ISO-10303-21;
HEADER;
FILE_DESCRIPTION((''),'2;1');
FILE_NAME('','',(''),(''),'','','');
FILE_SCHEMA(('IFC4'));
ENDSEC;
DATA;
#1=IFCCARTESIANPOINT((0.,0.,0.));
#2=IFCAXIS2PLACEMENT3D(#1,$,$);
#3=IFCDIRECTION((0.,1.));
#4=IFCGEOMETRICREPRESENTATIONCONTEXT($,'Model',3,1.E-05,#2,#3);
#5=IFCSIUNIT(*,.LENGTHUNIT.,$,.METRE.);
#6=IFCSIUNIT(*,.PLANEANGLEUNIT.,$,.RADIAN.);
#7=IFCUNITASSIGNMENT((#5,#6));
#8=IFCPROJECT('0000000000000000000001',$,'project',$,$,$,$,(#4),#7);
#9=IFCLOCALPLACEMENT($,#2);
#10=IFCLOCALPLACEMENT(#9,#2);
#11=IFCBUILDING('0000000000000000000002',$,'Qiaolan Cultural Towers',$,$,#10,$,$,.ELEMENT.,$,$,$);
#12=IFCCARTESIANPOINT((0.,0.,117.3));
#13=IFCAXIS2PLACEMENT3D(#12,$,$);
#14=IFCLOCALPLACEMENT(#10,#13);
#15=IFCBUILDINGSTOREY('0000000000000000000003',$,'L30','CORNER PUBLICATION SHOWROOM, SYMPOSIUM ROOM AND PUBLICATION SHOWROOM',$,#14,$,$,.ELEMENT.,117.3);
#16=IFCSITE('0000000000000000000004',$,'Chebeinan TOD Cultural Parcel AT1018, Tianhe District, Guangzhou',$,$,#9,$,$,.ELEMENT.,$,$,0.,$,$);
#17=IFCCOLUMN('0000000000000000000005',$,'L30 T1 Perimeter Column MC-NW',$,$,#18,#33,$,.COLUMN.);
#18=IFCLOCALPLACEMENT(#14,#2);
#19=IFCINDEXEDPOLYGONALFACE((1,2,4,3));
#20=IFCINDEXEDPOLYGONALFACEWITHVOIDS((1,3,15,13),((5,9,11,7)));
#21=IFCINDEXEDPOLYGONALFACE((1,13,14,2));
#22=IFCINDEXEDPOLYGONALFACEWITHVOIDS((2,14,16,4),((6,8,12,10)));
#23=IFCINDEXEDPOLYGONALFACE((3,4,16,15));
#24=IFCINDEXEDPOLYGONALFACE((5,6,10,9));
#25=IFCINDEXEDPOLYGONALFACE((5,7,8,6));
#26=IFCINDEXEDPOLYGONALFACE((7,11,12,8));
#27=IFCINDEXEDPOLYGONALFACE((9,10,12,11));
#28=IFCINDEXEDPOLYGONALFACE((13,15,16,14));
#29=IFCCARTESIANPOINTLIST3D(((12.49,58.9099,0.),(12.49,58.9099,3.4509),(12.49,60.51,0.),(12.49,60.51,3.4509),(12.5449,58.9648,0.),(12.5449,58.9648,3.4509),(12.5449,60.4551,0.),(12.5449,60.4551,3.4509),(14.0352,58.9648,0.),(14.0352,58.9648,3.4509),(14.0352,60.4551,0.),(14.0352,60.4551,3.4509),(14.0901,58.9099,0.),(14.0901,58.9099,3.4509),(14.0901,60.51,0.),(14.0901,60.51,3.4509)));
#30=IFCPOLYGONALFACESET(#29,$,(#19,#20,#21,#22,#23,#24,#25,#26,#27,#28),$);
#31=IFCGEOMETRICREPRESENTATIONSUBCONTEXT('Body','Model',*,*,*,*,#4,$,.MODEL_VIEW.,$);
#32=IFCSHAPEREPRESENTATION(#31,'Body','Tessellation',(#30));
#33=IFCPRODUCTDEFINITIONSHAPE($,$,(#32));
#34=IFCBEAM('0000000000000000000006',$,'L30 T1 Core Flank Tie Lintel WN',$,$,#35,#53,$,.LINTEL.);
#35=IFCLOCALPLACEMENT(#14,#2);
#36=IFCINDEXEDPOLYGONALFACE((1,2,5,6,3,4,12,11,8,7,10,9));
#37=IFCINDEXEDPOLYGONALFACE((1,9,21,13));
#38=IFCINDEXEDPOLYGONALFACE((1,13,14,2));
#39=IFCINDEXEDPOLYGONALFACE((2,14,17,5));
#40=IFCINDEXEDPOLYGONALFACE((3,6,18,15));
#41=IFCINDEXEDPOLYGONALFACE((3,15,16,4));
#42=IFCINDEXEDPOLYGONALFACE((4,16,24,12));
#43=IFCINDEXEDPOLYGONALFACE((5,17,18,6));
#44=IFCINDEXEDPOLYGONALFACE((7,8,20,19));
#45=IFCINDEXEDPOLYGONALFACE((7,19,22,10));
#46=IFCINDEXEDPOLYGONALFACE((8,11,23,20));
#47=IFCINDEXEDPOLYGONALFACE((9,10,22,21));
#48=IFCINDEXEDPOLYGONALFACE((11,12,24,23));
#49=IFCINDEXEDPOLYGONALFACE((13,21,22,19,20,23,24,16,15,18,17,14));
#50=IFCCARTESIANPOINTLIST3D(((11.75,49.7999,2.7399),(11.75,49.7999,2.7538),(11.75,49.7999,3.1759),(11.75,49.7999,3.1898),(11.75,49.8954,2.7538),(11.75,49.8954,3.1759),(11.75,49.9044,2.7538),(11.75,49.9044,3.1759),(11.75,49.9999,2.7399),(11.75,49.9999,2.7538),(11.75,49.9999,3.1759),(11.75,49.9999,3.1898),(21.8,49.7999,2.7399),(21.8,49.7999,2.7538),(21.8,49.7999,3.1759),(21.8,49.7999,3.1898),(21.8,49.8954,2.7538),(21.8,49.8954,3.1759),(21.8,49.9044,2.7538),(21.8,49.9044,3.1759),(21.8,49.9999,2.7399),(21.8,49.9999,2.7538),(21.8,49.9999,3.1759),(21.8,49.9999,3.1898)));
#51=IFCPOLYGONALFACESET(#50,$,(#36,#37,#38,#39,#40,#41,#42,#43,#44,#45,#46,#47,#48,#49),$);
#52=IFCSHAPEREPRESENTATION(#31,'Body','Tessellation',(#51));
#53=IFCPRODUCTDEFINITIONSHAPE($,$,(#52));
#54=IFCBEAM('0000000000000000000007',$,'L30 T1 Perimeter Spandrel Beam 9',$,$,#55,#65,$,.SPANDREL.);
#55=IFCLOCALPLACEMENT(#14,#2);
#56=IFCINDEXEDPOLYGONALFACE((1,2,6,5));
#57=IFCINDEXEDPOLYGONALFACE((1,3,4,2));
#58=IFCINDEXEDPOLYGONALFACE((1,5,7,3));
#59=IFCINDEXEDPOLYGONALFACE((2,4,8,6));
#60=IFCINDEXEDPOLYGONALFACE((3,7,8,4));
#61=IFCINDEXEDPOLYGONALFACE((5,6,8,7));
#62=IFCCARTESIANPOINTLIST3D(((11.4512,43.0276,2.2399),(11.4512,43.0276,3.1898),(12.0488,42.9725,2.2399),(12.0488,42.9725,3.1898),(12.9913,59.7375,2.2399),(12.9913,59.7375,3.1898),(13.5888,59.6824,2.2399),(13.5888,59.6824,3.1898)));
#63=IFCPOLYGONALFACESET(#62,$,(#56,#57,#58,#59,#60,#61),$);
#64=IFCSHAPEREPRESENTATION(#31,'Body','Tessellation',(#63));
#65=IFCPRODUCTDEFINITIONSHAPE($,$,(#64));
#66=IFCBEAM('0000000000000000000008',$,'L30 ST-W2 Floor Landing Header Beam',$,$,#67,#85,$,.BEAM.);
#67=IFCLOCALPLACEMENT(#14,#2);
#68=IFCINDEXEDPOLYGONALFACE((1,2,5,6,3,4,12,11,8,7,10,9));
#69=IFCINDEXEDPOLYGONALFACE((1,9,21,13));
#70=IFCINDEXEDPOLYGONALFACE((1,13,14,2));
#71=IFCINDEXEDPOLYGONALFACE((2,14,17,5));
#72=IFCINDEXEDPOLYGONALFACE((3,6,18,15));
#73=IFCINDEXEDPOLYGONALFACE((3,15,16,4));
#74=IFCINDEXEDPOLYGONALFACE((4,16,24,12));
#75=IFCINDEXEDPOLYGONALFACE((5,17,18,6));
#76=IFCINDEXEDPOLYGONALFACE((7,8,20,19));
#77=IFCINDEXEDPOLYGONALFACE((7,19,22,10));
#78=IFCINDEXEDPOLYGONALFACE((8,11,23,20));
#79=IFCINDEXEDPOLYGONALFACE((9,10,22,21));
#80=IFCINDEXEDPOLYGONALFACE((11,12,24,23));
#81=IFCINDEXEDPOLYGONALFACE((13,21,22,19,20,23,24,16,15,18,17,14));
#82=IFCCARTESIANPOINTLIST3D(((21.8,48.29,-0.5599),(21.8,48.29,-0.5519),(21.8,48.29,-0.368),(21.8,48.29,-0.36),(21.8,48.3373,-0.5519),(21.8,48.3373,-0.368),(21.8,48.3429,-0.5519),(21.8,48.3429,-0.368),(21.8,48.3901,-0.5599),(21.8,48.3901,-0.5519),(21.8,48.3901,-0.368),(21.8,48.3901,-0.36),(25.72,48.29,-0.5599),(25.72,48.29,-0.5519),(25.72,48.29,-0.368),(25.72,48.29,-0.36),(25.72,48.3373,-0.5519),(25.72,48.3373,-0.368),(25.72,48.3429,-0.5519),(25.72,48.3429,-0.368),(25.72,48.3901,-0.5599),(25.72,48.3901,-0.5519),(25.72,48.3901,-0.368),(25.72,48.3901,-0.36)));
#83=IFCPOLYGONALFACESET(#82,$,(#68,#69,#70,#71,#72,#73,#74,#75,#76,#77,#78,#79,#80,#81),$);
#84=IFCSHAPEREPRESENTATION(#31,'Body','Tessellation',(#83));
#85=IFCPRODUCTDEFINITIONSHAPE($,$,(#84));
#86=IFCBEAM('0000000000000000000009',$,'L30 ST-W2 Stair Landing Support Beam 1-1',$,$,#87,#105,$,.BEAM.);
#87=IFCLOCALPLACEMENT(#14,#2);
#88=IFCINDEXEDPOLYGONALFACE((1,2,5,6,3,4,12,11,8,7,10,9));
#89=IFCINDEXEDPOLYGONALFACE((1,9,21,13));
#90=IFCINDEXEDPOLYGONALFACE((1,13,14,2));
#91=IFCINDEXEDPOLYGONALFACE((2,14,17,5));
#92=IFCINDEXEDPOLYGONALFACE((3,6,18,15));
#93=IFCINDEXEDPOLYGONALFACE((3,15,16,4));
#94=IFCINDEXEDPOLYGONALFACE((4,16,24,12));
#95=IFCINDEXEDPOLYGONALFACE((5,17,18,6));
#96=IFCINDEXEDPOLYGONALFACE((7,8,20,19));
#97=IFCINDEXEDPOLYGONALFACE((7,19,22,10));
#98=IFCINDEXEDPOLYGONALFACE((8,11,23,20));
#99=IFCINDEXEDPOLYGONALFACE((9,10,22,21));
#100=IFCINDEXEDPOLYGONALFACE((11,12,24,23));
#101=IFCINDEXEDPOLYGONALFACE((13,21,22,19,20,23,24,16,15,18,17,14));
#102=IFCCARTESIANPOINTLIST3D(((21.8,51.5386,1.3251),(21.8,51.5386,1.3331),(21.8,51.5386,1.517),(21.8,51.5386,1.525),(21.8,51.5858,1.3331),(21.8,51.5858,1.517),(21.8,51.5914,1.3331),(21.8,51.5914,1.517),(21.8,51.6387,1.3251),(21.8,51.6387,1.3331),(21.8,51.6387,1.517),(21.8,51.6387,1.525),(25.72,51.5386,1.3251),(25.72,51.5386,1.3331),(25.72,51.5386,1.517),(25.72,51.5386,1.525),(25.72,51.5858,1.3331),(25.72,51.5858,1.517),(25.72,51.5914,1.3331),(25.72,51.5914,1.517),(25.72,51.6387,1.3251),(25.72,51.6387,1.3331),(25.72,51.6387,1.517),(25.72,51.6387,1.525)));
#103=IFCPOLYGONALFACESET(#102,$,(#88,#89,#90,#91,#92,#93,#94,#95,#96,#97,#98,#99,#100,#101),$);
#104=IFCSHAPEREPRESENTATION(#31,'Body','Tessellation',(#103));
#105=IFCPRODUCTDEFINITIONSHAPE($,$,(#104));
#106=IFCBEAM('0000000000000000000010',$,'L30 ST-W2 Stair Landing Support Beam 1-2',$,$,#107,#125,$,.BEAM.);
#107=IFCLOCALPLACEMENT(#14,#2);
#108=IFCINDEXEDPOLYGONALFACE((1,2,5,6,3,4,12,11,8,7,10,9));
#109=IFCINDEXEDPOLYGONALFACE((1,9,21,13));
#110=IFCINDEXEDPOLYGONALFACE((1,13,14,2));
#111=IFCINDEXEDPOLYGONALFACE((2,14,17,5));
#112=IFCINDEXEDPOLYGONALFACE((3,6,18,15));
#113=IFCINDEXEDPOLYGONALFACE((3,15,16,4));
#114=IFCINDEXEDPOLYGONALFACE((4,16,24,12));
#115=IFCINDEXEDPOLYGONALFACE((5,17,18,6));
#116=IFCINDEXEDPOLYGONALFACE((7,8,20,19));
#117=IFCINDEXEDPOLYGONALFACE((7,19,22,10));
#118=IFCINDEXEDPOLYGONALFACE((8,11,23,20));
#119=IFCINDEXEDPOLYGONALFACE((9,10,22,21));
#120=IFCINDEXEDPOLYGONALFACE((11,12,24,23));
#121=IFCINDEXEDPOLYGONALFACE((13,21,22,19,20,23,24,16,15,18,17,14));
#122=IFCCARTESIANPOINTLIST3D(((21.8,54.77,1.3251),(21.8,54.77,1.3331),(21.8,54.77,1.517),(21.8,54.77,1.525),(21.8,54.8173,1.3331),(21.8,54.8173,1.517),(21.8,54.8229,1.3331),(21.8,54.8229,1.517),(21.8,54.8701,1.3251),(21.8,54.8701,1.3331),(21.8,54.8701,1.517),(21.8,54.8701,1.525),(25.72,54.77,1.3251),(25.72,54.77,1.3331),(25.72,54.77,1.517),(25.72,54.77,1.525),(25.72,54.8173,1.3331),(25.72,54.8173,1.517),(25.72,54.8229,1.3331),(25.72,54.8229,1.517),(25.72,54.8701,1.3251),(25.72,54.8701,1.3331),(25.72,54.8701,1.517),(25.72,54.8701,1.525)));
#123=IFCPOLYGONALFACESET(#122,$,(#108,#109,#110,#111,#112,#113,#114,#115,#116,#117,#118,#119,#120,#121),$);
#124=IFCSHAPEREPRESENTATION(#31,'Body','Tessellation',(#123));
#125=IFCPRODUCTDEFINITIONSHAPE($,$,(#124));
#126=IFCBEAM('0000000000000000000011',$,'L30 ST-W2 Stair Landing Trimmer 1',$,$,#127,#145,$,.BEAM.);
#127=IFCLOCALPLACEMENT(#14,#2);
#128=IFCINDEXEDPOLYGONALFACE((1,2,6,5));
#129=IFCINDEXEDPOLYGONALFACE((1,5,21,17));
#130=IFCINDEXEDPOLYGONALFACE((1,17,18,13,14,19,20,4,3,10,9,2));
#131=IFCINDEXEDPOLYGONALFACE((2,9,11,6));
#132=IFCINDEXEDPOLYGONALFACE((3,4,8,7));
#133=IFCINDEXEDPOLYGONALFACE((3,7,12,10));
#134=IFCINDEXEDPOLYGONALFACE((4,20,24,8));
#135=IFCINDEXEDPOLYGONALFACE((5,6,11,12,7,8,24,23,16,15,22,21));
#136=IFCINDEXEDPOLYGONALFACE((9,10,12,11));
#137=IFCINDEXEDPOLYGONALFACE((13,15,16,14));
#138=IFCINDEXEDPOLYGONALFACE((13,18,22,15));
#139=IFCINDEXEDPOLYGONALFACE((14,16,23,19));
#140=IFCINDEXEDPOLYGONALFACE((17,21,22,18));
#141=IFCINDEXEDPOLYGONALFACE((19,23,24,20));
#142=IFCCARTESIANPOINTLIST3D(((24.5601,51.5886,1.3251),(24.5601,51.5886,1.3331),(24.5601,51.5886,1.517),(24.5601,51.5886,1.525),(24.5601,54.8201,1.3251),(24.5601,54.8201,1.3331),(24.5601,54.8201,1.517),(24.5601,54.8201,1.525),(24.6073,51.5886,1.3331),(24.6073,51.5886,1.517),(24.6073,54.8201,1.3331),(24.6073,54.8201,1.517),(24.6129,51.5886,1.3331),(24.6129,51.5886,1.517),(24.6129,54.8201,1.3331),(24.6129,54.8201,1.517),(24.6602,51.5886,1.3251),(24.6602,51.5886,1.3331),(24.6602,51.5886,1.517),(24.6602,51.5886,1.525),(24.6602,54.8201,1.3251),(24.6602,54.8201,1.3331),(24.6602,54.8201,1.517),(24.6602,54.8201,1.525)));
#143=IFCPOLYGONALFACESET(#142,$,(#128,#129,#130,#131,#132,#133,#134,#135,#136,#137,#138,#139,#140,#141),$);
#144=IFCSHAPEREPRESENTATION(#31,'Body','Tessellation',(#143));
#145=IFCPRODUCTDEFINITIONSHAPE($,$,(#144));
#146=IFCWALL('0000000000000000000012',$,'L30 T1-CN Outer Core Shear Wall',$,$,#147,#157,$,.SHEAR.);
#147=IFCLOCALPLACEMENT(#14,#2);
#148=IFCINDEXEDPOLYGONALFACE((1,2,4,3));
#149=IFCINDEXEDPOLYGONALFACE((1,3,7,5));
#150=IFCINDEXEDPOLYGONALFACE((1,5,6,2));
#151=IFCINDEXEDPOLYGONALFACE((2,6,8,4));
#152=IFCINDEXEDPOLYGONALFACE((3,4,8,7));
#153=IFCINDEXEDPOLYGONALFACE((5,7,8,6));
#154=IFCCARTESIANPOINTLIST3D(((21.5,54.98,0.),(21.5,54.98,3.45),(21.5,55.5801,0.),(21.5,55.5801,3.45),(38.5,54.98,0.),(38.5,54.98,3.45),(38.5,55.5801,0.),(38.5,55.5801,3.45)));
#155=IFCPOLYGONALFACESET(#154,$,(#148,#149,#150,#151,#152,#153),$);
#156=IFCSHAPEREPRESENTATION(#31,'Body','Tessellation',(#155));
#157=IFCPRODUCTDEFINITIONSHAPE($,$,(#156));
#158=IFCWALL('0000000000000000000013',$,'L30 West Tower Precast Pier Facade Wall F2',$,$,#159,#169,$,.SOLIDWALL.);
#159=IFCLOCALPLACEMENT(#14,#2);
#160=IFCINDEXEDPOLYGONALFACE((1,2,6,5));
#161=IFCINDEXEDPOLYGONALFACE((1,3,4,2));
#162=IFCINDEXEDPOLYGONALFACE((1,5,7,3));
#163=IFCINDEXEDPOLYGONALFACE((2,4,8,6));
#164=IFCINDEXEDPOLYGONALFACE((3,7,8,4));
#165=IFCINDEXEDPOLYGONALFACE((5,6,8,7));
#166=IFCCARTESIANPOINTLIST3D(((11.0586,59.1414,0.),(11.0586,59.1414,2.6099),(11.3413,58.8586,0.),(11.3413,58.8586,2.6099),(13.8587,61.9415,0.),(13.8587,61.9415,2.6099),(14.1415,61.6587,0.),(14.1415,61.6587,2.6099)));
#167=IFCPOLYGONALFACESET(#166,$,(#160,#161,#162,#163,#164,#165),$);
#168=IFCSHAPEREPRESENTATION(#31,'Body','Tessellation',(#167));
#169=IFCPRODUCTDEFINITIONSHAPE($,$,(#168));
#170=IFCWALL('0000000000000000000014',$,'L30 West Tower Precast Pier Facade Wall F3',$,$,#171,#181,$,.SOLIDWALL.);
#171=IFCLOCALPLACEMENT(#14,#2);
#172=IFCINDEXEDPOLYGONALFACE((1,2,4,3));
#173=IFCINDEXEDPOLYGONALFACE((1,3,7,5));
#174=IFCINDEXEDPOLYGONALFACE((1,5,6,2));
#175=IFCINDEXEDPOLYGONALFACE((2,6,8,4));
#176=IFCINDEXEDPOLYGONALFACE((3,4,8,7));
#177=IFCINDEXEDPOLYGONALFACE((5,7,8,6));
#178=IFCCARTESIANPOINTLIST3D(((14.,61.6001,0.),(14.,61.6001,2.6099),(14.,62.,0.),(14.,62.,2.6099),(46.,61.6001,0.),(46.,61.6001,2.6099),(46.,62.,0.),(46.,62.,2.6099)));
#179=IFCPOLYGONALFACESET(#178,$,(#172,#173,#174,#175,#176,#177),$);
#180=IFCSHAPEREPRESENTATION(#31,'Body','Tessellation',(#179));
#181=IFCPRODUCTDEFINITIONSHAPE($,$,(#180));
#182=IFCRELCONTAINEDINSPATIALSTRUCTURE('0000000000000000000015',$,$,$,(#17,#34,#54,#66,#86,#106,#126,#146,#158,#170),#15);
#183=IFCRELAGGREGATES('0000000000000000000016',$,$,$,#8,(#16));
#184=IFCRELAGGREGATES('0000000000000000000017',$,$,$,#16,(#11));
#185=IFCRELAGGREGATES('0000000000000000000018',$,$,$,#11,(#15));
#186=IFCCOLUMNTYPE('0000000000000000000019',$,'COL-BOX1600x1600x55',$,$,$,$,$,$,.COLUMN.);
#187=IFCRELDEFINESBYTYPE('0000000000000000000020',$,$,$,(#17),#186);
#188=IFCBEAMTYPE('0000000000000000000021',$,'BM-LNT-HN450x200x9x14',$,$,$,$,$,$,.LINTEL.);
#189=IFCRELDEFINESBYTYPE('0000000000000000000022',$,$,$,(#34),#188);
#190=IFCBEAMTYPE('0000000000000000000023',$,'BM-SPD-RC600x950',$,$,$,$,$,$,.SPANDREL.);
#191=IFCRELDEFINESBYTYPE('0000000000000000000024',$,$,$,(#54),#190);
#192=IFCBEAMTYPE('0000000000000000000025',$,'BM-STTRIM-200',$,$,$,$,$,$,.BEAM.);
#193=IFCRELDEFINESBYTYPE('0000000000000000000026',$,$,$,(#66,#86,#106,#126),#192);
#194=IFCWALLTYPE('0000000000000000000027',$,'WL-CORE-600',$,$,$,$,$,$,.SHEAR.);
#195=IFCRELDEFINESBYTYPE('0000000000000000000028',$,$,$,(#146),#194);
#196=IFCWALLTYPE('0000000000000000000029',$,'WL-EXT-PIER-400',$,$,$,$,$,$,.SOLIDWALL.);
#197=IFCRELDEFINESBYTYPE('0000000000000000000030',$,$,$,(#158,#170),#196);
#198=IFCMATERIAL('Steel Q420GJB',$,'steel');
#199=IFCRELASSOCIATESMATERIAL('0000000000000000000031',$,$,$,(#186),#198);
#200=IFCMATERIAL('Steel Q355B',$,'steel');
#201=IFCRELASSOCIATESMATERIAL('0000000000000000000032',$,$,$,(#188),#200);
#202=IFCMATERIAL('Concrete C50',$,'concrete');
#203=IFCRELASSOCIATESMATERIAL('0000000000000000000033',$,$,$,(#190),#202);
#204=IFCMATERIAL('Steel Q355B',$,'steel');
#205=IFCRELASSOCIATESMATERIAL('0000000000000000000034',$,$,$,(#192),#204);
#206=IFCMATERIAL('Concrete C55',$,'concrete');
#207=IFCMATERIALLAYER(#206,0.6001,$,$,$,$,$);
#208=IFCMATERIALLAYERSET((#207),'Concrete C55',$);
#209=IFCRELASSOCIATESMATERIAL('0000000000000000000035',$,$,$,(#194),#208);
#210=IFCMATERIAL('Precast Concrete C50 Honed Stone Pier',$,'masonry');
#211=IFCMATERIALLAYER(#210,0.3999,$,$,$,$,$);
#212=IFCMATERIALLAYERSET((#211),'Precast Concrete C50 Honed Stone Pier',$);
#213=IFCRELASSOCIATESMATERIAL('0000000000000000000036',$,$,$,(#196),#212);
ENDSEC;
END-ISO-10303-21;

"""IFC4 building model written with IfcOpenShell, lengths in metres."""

from ifc_helpers import new_model, si_unit, direction, frame, frame_2d, origin, origin_2d, place, context, subcontext, project, spatial, rectangle, hollow_rectangle, i_section, extrude, material, layer, layer_set, material_profile, profile_set, type_object, element, save


model = new_model("IFC4")

# Units and contexts
model_context = context("Model", 3, precision=1e-05, world=origin(), true_north=direction((0.0, 1.0)))
body_context = subcontext(model_context, "Body", "Model", "MODEL_VIEW")
ifc_project = project(units=[si_unit("LENGTHUNIT", "METRE"), si_unit("PLANEANGLEUNIT", "RADIAN")], contexts=[model_context])

# Site, building, storey
site_placement = place(None, origin())
site = spatial("IfcSite", under=ifc_project, at=site_placement, Name="Chebeinan TOD Cultural Parcel AT1018, Tianhe District, Guangzhou", CompositionType="ELEMENT", RefElevation=0.0)
building_placement = place(site_placement, origin())
building = spatial("IfcBuilding", under=site, at=building_placement, Name="Qiaolan Cultural Towers", CompositionType="ELEMENT")
storey_placement = place(building_placement, frame((0.0, 0.0, 117.3)))
storey = spatial("IfcBuildingStorey", under=building, at=storey_placement, Name="L30", Description="CORNER PUBLICATION SHOWROOM, SYMPOSIUM ROOM AND PUBLICATION SHOWROOM", CompositionType="ELEMENT", Elevation=117.3)

# Column
ifc_material_1 = material(Name="Steel Q420GJB", Category="steel")
ifc_material_profile_1 = material_profile(ifc_material_1, hollow_rectangle(XDim=1.6001, YDim=1.6001, WallThickness=0.0549, at=origin_2d()), Name="BOX1600x1600x55")
ifc_profile_set_1 = profile_set([ifc_material_profile_1], Name="Steel Q420GJB")
column_type = type_object("IfcColumnType", Name="COL-BOX1600x1600x55", PredefinedType="COLUMN", material=ifc_profile_set_1)
column_placement = place(storey_placement, frame((13.29, 59.71, 0.0), z_axis=(0.0, 0.0, 1.0), x_axis=(1.0, 0.0, 0.0)))
element("IfcColumn", 1, at=column_placement, inside=storey, type_object=column_type, Name="L30 T1 Perimeter Column MC-NW", PredefinedType="COLUMN", context=body_context, shape_type="SweptSolid", body=[
    extrude(hollow_rectangle(XDim=1.6001, YDim=1.6001, WallThickness=0.0549, at=origin_2d()), origin(), (0.0, 0.0, 1.0), 3.4509),
])

# Beams
ifc_material_2 = material(Name="Steel Q355B", Category="steel")
ifc_material_profile_2 = material_profile(ifc_material_2, i_section(OverallWidth=0.2, OverallDepth=0.45, WebThickness=0.009, FlangeThickness=0.0139, at=origin_2d()), Name="HN450x200x9x14")
ifc_profile_set_2 = profile_set([ifc_material_profile_2], Name="Steel Q355B")
beam_type_1 = type_object("IfcBeamType", Name="BM-LNT-HN450x200x9x14", PredefinedType="LINTEL", material=ifc_profile_set_2)
beam_1_placement = place(storey_placement, frame((21.8, 49.8999, 2.9648), z_axis=(-1.0, 0.0, 0.0), x_axis=(0.0, -1.0, 0.0)))
element("IfcBeam", 2, at=beam_1_placement, inside=storey, type_object=beam_type_1, Name="L30 T1 Core Flank Tie Lintel WN", PredefinedType="LINTEL", context=body_context, shape_type="SweptSolid", body=[
    extrude(i_section(OverallWidth=0.2, OverallDepth=0.45, WebThickness=0.009, FlangeThickness=0.0139, at=origin_2d()), origin(), (0.0, 0.0, 1.0), 10.05),
])
ifc_material_3 = material(Name="Concrete C50", Category="concrete")
ifc_material_profile_3 = material_profile(ifc_material_3, rectangle(XDim=0.6001, YDim=0.95, at=origin_2d()), Name="RC600x950")
ifc_profile_set_3 = profile_set([ifc_material_profile_3], Name="Concrete C50")
beam_type_2 = type_object("IfcBeamType", Name="BM-SPD-RC600x950", PredefinedType="SPANDREL", material=ifc_profile_set_3)
beam_2_placement = place(storey_placement, frame((13.29, 59.71, 2.7148), z_axis=(-0.091774, -0.99578, 0.0), x_axis=(0.99578, -0.091774, 0.0)))
element("IfcBeam", 3, at=beam_2_placement, inside=storey, type_object=beam_type_2, Name="L30 T1 Perimeter Spandrel Beam 9", PredefinedType="SPANDREL", context=body_context, shape_type="SweptSolid", body=[
    extrude(rectangle(XDim=0.6001, YDim=0.95, at=origin_2d()), origin(), (0.0, 0.0, 1.0), 16.7808),
])
ifc_material_4 = material(Name="Steel Q355B", Category="steel")
ifc_material_profile_4 = material_profile(ifc_material_4, i_section(OverallWidth=0.1001, OverallDepth=0.2, WebThickness=0.0056, FlangeThickness=0.0081, at=origin_2d()), Name="HN200x100x5.5x8")
ifc_profile_set_4 = profile_set([ifc_material_profile_4], Name="Steel Q355B")
beam_type_3 = type_object("IfcBeamType", Name="BM-STTRIM-200", PredefinedType="BEAM", material=ifc_profile_set_4)
for number, where, z_axis, x_axis, name in (
    (4, (21.8, 48.3401, -0.46), (1.0, 0.0, 0.0), (0.0, 1.0, 0.0), "L30 ST-W2 Floor Landing Header Beam"),
    (5, (21.8, 51.5886, 1.425), (1.0, 0.0, 0.0), (0.0, 1.0, 0.0), "L30 ST-W2 Stair Landing Support Beam 1-1"),
    (6, (21.8, 54.8201, 1.425), (1.0, 0.0, 0.0), (0.0, 1.0, 0.0), "L30 ST-W2 Stair Landing Support Beam 1-2"),
):
    element("IfcBeam", number, at=place(storey_placement, frame(where, z_axis=z_axis, x_axis=x_axis)), inside=storey, type_object=beam_type_3, Name=name, PredefinedType="BEAM", context=body_context, shape_type="SweptSolid", body=[
        extrude(i_section(OverallWidth=0.1001, OverallDepth=0.2, WebThickness=0.0056, FlangeThickness=0.0081, at=origin_2d()), origin(), (0.0, 0.0, 1.0), 3.9199),
    ])
beam_3_placement = place(storey_placement, frame((24.6101, 51.5886, 1.425), z_axis=(0.0, 1.0, 0.0), x_axis=(-1.0, 0.0, 0.0)))
element("IfcBeam", 7, at=beam_3_placement, inside=storey, type_object=beam_type_3, Name="L30 ST-W2 Stair Landing Trimmer 1", PredefinedType="BEAM", context=body_context, shape_type="SweptSolid", body=[
    extrude(i_section(OverallWidth=0.1001, OverallDepth=0.2, WebThickness=0.0056, FlangeThickness=0.0081, at=origin_2d()), origin(), (0.0, 0.0, 1.0), 3.2314),
])

# Walls
ifc_material_5 = material(Name="Concrete C55", Category="concrete")
ifc_layer_1 = layer(ifc_material_5, 0.6001)
ifc_layer_set_1 = layer_set([ifc_layer_1], Name="Concrete C55")
wall_type_1 = type_object("IfcWallType", Name="WL-CORE-600", PredefinedType="SHEAR", material=ifc_layer_set_1)
wall_1_placement = place(storey_placement, frame((21.5, 55.28, 0.0), z_axis=(0.0, 0.0, 1.0), x_axis=(1.0, 0.0, 0.0)))
element("IfcWall", 8, at=wall_1_placement, inside=storey, type_object=wall_type_1, Name="L30 T1-CN Outer Core Shear Wall", PredefinedType="SHEAR", context=body_context, shape_type="SweptSolid", body=[
    extrude(rectangle(XDim=17.0, YDim=0.6001, at=frame_2d((8.5, 0.0))), origin(), (0.0, 0.0, 1.0), 3.45),
])
ifc_material_6 = material(Name="Precast Concrete C50 Honed Stone Pier", Category="masonry")
ifc_layer_2 = layer(ifc_material_6, 0.3999)
ifc_layer_set_2 = layer_set([ifc_layer_2], Name="Precast Concrete C50 Honed Stone Pier")
wall_type_2 = type_object("IfcWallType", Name="WL-EXT-PIER-400", PredefinedType="SOLIDWALL", material=ifc_layer_set_2)
wall_2_placement = place(storey_placement, frame((11.2, 59.0, 0.0), z_axis=(0.0, 0.0, 1.0), x_axis=(0.707107, 0.707107, 0.0)))
element("IfcWall", 9, at=wall_2_placement, inside=storey, type_object=wall_type_2, Name="L30 West Tower Precast Pier Facade Wall F2", PredefinedType="SOLIDWALL", context=body_context, shape_type="SweptSolid", body=[
    extrude(rectangle(XDim=3.96, YDim=0.3999, at=frame_2d((1.98, 0.0))), origin(), (0.0, 0.0, 1.0), 2.6099),
])
wall_3_placement = place(storey_placement, frame((14.0, 61.8, 0.0), z_axis=(0.0, 0.0, 1.0), x_axis=(1.0, 0.0, 0.0)))
element("IfcWall", 10, at=wall_3_placement, inside=storey, type_object=wall_type_2, Name="L30 West Tower Precast Pier Facade Wall F3", PredefinedType="SOLIDWALL", context=body_context, shape_type="SweptSolid", body=[
    extrude(rectangle(XDim=32.0, YDim=0.3999, at=frame_2d((16.0, 0.0))), origin(), (0.0, 0.0, 1.0), 2.6099),
])

save(model, "model.ifc")
